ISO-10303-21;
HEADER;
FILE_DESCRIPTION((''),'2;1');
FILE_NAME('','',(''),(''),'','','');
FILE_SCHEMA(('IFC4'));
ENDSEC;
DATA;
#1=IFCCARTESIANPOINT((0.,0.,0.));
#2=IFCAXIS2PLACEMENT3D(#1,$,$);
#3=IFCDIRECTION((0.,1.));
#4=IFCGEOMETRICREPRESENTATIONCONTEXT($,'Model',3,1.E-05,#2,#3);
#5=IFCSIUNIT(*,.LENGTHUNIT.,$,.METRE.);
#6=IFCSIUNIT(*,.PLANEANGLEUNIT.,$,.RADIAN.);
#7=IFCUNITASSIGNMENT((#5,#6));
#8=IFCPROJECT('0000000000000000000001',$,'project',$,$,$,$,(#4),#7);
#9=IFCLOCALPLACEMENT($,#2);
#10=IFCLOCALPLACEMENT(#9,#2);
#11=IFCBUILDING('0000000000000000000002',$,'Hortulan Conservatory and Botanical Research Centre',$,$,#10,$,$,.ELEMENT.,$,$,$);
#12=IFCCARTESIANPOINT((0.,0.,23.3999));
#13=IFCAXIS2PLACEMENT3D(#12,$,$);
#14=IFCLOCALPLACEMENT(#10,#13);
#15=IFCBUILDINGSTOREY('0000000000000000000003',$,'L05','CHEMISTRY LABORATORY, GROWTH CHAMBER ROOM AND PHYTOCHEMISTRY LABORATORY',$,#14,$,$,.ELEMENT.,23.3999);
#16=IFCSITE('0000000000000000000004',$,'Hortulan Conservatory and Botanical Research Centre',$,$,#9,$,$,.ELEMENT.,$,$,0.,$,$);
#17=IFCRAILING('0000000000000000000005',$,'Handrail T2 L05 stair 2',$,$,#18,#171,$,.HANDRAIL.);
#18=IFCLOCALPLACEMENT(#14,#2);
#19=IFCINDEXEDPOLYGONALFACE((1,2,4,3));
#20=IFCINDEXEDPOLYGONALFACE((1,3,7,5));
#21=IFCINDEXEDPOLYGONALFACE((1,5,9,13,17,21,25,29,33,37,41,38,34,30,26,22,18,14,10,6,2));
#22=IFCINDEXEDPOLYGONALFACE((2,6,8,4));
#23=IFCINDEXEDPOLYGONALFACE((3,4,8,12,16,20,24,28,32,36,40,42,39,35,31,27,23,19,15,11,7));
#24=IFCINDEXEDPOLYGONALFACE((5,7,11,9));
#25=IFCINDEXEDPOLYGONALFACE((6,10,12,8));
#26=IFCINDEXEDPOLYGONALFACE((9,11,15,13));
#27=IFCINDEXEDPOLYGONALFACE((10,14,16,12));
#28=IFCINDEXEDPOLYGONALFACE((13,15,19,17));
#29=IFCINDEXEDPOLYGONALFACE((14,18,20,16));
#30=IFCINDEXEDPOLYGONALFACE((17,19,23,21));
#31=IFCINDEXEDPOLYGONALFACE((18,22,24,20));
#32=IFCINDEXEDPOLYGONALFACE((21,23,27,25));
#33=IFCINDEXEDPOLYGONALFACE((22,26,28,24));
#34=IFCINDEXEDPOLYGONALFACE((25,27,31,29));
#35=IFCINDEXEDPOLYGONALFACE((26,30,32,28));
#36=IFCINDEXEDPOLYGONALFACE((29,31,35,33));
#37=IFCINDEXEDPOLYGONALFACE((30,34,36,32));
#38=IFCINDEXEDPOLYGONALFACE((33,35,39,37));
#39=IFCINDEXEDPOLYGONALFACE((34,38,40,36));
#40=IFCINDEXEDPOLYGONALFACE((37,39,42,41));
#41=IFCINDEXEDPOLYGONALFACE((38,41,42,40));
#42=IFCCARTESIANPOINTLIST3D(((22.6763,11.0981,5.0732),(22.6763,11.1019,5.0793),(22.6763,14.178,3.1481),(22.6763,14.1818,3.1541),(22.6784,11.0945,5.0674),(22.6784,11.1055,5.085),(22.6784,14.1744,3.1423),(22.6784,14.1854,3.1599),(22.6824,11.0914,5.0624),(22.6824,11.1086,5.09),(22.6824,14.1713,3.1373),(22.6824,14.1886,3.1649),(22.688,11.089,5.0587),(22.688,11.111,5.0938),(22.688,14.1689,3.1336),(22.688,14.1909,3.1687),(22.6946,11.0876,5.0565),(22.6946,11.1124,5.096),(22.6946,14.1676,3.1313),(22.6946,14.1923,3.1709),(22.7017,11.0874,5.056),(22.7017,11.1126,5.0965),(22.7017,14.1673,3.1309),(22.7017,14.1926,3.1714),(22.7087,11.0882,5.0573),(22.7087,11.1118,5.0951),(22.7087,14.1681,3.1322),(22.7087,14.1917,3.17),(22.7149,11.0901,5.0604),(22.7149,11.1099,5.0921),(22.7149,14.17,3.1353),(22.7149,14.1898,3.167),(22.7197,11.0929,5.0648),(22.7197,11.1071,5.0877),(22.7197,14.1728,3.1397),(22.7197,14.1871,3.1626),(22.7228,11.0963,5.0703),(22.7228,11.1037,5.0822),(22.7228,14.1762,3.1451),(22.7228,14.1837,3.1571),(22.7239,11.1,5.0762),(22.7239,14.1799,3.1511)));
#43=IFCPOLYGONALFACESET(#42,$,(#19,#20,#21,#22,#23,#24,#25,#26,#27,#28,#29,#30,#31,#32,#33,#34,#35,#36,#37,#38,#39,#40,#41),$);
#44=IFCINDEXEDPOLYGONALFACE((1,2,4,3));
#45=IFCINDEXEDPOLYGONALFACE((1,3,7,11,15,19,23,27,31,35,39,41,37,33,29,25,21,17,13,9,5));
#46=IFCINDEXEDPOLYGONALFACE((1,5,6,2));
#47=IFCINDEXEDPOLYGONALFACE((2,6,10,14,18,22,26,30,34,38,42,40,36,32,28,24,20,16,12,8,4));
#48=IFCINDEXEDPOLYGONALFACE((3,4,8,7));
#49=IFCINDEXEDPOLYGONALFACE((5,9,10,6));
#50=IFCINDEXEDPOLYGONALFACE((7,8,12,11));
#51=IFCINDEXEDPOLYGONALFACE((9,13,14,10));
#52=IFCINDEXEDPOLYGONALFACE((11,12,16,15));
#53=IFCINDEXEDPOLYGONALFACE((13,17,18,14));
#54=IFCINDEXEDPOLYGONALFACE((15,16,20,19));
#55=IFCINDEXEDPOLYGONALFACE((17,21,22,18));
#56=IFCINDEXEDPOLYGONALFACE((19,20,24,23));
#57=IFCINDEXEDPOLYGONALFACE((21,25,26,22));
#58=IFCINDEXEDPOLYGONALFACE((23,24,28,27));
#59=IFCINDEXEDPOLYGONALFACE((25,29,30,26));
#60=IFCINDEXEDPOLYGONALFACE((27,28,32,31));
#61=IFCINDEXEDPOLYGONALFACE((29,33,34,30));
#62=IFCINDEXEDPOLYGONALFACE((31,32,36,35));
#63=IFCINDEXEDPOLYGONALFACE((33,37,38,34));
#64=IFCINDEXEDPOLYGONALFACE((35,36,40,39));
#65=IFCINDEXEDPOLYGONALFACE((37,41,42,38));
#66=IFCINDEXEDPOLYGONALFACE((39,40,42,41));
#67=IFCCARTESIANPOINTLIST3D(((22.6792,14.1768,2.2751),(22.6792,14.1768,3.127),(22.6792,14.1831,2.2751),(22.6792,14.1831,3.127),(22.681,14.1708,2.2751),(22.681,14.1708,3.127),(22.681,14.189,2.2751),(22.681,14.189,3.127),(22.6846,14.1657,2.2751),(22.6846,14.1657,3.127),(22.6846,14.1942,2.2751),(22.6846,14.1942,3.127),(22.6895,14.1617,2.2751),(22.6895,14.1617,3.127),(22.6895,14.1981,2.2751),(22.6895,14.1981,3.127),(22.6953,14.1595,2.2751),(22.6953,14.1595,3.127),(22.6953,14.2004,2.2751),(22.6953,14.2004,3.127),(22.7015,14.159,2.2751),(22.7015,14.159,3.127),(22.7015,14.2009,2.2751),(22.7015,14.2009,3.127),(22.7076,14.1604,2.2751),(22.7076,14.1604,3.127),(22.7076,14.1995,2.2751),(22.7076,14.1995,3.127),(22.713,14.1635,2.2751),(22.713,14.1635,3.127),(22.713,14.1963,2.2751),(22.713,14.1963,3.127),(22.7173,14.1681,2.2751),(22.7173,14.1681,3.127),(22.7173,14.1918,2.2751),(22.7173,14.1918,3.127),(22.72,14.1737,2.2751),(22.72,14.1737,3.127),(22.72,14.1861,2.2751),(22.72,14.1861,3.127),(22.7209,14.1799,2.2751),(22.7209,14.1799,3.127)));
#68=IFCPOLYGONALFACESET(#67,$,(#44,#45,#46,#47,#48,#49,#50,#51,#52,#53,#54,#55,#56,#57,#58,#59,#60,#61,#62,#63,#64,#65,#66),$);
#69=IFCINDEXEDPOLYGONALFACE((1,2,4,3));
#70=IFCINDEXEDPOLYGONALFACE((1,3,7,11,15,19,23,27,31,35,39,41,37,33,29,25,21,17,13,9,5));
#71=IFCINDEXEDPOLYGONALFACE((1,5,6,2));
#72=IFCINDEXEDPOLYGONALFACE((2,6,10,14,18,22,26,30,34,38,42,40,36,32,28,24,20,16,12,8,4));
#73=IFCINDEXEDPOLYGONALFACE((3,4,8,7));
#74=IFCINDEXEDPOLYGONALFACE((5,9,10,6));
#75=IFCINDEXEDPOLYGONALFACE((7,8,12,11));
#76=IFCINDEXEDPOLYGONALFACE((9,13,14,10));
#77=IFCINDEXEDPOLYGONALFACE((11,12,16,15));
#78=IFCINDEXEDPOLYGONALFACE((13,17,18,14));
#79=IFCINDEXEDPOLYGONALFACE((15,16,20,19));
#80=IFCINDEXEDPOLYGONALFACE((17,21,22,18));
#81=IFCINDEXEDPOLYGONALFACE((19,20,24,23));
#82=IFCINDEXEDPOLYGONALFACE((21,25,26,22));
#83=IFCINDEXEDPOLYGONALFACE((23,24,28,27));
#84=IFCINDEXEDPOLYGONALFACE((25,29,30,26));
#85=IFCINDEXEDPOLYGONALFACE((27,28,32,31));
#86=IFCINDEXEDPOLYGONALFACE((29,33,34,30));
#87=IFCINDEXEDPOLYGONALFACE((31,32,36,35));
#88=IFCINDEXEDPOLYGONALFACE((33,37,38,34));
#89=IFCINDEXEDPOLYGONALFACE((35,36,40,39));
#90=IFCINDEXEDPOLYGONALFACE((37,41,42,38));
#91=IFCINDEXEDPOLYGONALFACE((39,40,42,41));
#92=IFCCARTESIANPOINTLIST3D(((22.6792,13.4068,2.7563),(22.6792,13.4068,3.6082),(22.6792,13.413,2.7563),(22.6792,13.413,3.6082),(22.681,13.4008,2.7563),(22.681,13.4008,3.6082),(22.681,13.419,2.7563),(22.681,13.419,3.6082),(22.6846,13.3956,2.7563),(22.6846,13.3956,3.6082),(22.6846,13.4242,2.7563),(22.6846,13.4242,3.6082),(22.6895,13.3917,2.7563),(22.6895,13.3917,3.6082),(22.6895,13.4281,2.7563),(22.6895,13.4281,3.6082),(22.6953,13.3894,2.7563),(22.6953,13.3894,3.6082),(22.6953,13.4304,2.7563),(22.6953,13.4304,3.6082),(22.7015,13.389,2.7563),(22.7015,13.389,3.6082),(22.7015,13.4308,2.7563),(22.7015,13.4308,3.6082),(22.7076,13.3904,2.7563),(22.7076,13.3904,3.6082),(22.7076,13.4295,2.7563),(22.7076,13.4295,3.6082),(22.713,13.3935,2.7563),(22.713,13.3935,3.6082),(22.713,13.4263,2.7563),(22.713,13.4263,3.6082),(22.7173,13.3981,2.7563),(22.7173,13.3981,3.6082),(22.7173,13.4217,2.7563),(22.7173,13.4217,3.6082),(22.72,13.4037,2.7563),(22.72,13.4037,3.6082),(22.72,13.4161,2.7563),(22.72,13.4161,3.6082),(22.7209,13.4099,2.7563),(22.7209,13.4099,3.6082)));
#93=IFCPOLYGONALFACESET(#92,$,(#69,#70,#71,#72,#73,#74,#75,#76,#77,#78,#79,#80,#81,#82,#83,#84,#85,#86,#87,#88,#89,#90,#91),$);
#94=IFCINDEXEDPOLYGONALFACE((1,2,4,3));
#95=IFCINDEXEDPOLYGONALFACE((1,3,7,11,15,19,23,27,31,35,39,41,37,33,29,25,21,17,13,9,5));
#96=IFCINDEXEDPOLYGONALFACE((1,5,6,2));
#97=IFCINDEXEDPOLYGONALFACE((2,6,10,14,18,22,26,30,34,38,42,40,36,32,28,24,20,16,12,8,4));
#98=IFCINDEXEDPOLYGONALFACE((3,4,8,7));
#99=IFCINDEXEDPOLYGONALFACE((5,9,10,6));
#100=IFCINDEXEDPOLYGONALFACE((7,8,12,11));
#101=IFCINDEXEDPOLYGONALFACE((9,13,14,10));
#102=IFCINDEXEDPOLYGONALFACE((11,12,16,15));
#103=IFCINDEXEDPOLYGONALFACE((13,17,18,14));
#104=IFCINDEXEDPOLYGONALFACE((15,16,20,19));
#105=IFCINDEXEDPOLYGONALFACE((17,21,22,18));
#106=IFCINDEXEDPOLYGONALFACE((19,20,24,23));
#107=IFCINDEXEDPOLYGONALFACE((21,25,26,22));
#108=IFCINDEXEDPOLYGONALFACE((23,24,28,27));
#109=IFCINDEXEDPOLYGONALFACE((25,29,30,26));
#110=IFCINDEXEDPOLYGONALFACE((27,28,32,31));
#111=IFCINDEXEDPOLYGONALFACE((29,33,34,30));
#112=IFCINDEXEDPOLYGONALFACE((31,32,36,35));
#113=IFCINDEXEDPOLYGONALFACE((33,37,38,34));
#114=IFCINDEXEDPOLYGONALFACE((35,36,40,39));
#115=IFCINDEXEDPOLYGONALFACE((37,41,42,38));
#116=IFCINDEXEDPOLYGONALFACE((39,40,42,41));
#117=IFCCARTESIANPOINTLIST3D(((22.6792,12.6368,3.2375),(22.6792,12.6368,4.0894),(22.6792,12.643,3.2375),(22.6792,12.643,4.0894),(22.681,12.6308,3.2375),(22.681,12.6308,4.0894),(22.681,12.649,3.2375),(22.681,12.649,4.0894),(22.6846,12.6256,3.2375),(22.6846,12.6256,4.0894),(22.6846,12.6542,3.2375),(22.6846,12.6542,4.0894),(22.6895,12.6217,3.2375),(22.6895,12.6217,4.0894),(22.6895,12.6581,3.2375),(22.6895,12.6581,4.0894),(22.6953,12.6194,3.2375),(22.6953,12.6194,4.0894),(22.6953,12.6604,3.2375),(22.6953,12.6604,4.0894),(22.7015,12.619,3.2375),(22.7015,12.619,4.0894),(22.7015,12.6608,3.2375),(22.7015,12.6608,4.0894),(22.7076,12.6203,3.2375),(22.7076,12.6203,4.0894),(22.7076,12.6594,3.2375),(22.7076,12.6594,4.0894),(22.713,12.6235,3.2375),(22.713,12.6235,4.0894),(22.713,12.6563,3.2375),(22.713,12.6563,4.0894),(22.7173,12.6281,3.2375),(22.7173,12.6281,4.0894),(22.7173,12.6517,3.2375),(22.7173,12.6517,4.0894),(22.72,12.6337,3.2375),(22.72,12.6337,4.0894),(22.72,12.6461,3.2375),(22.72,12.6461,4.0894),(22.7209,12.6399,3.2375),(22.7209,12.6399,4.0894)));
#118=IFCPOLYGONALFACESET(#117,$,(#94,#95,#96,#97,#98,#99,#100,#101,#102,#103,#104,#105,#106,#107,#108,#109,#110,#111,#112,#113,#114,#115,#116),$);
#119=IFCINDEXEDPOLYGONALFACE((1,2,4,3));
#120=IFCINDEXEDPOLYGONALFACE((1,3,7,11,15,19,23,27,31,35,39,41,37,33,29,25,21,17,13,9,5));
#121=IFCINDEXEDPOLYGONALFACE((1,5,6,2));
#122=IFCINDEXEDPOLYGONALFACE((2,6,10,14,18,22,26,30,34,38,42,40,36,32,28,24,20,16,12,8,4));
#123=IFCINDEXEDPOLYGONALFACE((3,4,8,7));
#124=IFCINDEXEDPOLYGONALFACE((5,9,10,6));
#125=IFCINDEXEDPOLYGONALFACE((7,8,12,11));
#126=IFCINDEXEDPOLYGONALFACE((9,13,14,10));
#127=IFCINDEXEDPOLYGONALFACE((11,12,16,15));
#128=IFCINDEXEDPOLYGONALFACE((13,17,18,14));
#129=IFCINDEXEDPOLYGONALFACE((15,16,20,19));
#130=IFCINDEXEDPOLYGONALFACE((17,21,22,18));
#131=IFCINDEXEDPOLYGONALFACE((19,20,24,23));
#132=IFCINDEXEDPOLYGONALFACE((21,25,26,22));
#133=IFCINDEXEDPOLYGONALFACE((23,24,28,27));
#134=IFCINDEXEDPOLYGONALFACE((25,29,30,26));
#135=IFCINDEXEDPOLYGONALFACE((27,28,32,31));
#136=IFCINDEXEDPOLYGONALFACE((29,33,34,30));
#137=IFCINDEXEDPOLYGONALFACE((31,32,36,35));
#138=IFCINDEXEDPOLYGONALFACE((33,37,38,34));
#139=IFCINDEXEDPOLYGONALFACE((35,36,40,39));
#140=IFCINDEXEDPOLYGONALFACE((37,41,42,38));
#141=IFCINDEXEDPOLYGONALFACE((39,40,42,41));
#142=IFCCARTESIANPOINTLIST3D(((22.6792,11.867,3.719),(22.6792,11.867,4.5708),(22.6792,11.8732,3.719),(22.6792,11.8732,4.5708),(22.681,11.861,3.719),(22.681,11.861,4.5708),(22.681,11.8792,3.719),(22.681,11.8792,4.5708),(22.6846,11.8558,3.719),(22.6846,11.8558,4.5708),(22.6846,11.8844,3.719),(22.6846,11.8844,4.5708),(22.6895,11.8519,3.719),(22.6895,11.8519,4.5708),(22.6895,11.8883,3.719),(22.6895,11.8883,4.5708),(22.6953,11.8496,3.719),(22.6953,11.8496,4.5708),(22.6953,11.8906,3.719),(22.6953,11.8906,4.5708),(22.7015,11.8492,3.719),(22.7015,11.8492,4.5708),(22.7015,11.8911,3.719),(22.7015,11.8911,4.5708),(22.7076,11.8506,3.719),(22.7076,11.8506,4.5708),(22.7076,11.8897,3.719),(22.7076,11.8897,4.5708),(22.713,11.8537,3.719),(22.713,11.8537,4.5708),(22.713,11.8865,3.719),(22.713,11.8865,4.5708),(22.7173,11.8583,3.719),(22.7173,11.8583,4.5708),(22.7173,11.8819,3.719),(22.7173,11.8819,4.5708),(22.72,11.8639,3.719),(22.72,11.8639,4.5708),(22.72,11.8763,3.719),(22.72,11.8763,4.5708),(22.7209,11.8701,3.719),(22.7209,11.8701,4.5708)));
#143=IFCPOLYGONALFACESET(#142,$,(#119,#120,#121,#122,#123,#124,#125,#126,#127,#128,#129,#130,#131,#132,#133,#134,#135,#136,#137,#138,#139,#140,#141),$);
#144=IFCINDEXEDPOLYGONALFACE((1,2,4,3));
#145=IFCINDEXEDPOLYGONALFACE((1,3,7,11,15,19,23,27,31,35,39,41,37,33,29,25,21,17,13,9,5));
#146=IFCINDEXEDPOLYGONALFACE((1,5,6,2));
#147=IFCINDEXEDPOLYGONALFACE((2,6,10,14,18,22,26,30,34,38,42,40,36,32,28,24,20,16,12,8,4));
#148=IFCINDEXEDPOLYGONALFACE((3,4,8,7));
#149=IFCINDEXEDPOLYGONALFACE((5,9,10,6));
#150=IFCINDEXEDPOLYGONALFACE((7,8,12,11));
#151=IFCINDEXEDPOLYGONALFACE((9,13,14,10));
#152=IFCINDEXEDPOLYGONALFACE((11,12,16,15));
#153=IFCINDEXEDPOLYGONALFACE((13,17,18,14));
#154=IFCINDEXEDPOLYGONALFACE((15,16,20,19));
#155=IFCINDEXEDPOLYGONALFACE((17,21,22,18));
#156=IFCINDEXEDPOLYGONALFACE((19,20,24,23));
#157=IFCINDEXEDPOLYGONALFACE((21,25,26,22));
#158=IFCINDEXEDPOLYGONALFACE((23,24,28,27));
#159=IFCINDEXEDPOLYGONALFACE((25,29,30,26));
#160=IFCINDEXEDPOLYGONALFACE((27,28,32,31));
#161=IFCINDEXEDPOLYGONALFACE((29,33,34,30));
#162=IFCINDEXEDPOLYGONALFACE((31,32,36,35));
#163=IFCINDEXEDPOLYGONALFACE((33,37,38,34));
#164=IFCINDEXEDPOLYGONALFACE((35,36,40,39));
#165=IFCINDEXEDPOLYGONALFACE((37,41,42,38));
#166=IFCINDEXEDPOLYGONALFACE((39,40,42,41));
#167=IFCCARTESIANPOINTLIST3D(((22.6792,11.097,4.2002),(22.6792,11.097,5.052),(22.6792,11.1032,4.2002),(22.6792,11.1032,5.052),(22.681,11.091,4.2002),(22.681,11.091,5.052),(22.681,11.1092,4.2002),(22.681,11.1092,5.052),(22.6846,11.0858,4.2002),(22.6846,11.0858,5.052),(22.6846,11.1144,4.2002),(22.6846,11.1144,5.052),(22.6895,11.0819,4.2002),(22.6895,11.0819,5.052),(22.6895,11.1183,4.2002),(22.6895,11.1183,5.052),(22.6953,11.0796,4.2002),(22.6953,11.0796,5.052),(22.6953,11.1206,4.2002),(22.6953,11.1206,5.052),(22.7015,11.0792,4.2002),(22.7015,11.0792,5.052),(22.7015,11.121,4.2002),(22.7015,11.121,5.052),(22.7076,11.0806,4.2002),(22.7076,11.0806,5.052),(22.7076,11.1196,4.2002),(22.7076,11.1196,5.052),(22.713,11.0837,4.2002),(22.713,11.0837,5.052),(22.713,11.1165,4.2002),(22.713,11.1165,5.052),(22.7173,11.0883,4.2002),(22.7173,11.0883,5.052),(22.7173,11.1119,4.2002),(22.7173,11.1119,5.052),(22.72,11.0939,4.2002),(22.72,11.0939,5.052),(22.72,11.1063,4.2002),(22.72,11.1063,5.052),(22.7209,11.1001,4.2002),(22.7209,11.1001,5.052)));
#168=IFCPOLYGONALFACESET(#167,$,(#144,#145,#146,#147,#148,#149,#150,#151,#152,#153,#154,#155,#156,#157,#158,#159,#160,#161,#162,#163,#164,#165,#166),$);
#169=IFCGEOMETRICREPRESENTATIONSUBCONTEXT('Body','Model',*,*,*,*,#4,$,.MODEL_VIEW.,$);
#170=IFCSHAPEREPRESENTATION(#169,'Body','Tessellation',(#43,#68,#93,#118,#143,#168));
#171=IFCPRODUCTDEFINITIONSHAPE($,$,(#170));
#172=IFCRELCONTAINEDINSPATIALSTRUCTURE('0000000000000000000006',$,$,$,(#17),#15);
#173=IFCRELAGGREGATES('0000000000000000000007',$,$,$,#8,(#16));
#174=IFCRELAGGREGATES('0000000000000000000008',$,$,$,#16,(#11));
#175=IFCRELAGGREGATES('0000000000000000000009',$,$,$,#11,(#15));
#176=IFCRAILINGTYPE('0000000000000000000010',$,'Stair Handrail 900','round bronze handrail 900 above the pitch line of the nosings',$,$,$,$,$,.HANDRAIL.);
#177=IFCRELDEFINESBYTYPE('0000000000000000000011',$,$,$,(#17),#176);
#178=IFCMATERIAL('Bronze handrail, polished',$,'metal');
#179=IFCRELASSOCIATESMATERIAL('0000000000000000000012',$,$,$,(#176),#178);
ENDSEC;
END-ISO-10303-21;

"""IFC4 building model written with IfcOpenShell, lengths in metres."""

from ifc_helpers import new_model, si_unit, direction, frame, origin, origin_2d, place, context, subcontext, project, spatial, circle, extrude, material, type_object, element, save


model = new_model("IFC4")

# Units and contexts
model_context = context("Model", 3, precision=1e-05, world=origin(), true_north=direction((0.0, 1.0)))
body_context = subcontext(model_context, "Body", "Model", "MODEL_VIEW")
ifc_project = project(units=[si_unit("LENGTHUNIT", "METRE"), si_unit("PLANEANGLEUNIT", "RADIAN")], contexts=[model_context])

# Site, building, storey
site_placement = place(None, origin())
site = spatial("IfcSite", under=ifc_project, at=site_placement, Name="Hortulan Conservatory and Botanical Research Centre", CompositionType="ELEMENT", RefElevation=0.0)
building_placement = place(site_placement, origin())
building = spatial("IfcBuilding", under=site, at=building_placement, Name="Hortulan Conservatory and Botanical Research Centre", CompositionType="ELEMENT")
storey_placement = place(building_placement, frame((0.0, 0.0, 23.3999)))
storey = spatial("IfcBuildingStorey", under=building, at=storey_placement, Name="L05", Description="CHEMISTRY LABORATORY, GROWTH CHAMBER ROOM AND PHYTOCHEMISTRY LABORATORY", CompositionType="ELEMENT", Elevation=23.3999)

# Railing
ifc_material_1 = material(Name="Bronze handrail, polished", Category="metal")
railing_type_1 = type_object("IfcRailingType", Name="Stair Handrail 900", Description="round bronze handrail 900 above the pitch line of the nosings", PredefinedType="HANDRAIL", material=ifc_material_1)
railing_1_placement = place(storey_placement, frame((22.7, 14.1799, 2.2751)))
element("IfcRailing", 1, at=railing_1_placement, inside=storey, type_object=railing_type_1, Name="Handrail T2 L05 stair 2", PredefinedType="HANDRAIL", context=body_context, shape_type="SweptSolid", body=[
    extrude(circle(Radius=0.0239, at=origin_2d()), frame((0.0, 0.0, 0.876), z_axis=(0.0, -0.847979, 0.530029), x_axis=(1.0, 0.0, 0.0)), (0.0, 0.0, 1.0), 3.6321),
    extrude(circle(Radius=0.021, at=origin_2d()), origin(), (0.0, 0.0, 1.0), 0.8518),
    extrude(circle(Radius=0.021, at=origin_2d()), frame((0.0, -0.77, 0.4812)), (0.0, 0.0, 1.0), 0.8518),
    extrude(circle(Radius=0.021, at=origin_2d()), frame((0.0, -1.54, 0.9624)), (0.0, 0.0, 1.0), 0.8518),
    extrude(circle(Radius=0.021, at=origin_2d()), frame((0.0, -2.3098, 1.4438)), (0.0, 0.0, 1.0), 0.8518),
    extrude(circle(Radius=0.021, at=origin_2d()), frame((0.0, -3.0798, 1.925)), (0.0, 0.0, 1.0), 0.8518),
])

save(model, "model.ifc")
